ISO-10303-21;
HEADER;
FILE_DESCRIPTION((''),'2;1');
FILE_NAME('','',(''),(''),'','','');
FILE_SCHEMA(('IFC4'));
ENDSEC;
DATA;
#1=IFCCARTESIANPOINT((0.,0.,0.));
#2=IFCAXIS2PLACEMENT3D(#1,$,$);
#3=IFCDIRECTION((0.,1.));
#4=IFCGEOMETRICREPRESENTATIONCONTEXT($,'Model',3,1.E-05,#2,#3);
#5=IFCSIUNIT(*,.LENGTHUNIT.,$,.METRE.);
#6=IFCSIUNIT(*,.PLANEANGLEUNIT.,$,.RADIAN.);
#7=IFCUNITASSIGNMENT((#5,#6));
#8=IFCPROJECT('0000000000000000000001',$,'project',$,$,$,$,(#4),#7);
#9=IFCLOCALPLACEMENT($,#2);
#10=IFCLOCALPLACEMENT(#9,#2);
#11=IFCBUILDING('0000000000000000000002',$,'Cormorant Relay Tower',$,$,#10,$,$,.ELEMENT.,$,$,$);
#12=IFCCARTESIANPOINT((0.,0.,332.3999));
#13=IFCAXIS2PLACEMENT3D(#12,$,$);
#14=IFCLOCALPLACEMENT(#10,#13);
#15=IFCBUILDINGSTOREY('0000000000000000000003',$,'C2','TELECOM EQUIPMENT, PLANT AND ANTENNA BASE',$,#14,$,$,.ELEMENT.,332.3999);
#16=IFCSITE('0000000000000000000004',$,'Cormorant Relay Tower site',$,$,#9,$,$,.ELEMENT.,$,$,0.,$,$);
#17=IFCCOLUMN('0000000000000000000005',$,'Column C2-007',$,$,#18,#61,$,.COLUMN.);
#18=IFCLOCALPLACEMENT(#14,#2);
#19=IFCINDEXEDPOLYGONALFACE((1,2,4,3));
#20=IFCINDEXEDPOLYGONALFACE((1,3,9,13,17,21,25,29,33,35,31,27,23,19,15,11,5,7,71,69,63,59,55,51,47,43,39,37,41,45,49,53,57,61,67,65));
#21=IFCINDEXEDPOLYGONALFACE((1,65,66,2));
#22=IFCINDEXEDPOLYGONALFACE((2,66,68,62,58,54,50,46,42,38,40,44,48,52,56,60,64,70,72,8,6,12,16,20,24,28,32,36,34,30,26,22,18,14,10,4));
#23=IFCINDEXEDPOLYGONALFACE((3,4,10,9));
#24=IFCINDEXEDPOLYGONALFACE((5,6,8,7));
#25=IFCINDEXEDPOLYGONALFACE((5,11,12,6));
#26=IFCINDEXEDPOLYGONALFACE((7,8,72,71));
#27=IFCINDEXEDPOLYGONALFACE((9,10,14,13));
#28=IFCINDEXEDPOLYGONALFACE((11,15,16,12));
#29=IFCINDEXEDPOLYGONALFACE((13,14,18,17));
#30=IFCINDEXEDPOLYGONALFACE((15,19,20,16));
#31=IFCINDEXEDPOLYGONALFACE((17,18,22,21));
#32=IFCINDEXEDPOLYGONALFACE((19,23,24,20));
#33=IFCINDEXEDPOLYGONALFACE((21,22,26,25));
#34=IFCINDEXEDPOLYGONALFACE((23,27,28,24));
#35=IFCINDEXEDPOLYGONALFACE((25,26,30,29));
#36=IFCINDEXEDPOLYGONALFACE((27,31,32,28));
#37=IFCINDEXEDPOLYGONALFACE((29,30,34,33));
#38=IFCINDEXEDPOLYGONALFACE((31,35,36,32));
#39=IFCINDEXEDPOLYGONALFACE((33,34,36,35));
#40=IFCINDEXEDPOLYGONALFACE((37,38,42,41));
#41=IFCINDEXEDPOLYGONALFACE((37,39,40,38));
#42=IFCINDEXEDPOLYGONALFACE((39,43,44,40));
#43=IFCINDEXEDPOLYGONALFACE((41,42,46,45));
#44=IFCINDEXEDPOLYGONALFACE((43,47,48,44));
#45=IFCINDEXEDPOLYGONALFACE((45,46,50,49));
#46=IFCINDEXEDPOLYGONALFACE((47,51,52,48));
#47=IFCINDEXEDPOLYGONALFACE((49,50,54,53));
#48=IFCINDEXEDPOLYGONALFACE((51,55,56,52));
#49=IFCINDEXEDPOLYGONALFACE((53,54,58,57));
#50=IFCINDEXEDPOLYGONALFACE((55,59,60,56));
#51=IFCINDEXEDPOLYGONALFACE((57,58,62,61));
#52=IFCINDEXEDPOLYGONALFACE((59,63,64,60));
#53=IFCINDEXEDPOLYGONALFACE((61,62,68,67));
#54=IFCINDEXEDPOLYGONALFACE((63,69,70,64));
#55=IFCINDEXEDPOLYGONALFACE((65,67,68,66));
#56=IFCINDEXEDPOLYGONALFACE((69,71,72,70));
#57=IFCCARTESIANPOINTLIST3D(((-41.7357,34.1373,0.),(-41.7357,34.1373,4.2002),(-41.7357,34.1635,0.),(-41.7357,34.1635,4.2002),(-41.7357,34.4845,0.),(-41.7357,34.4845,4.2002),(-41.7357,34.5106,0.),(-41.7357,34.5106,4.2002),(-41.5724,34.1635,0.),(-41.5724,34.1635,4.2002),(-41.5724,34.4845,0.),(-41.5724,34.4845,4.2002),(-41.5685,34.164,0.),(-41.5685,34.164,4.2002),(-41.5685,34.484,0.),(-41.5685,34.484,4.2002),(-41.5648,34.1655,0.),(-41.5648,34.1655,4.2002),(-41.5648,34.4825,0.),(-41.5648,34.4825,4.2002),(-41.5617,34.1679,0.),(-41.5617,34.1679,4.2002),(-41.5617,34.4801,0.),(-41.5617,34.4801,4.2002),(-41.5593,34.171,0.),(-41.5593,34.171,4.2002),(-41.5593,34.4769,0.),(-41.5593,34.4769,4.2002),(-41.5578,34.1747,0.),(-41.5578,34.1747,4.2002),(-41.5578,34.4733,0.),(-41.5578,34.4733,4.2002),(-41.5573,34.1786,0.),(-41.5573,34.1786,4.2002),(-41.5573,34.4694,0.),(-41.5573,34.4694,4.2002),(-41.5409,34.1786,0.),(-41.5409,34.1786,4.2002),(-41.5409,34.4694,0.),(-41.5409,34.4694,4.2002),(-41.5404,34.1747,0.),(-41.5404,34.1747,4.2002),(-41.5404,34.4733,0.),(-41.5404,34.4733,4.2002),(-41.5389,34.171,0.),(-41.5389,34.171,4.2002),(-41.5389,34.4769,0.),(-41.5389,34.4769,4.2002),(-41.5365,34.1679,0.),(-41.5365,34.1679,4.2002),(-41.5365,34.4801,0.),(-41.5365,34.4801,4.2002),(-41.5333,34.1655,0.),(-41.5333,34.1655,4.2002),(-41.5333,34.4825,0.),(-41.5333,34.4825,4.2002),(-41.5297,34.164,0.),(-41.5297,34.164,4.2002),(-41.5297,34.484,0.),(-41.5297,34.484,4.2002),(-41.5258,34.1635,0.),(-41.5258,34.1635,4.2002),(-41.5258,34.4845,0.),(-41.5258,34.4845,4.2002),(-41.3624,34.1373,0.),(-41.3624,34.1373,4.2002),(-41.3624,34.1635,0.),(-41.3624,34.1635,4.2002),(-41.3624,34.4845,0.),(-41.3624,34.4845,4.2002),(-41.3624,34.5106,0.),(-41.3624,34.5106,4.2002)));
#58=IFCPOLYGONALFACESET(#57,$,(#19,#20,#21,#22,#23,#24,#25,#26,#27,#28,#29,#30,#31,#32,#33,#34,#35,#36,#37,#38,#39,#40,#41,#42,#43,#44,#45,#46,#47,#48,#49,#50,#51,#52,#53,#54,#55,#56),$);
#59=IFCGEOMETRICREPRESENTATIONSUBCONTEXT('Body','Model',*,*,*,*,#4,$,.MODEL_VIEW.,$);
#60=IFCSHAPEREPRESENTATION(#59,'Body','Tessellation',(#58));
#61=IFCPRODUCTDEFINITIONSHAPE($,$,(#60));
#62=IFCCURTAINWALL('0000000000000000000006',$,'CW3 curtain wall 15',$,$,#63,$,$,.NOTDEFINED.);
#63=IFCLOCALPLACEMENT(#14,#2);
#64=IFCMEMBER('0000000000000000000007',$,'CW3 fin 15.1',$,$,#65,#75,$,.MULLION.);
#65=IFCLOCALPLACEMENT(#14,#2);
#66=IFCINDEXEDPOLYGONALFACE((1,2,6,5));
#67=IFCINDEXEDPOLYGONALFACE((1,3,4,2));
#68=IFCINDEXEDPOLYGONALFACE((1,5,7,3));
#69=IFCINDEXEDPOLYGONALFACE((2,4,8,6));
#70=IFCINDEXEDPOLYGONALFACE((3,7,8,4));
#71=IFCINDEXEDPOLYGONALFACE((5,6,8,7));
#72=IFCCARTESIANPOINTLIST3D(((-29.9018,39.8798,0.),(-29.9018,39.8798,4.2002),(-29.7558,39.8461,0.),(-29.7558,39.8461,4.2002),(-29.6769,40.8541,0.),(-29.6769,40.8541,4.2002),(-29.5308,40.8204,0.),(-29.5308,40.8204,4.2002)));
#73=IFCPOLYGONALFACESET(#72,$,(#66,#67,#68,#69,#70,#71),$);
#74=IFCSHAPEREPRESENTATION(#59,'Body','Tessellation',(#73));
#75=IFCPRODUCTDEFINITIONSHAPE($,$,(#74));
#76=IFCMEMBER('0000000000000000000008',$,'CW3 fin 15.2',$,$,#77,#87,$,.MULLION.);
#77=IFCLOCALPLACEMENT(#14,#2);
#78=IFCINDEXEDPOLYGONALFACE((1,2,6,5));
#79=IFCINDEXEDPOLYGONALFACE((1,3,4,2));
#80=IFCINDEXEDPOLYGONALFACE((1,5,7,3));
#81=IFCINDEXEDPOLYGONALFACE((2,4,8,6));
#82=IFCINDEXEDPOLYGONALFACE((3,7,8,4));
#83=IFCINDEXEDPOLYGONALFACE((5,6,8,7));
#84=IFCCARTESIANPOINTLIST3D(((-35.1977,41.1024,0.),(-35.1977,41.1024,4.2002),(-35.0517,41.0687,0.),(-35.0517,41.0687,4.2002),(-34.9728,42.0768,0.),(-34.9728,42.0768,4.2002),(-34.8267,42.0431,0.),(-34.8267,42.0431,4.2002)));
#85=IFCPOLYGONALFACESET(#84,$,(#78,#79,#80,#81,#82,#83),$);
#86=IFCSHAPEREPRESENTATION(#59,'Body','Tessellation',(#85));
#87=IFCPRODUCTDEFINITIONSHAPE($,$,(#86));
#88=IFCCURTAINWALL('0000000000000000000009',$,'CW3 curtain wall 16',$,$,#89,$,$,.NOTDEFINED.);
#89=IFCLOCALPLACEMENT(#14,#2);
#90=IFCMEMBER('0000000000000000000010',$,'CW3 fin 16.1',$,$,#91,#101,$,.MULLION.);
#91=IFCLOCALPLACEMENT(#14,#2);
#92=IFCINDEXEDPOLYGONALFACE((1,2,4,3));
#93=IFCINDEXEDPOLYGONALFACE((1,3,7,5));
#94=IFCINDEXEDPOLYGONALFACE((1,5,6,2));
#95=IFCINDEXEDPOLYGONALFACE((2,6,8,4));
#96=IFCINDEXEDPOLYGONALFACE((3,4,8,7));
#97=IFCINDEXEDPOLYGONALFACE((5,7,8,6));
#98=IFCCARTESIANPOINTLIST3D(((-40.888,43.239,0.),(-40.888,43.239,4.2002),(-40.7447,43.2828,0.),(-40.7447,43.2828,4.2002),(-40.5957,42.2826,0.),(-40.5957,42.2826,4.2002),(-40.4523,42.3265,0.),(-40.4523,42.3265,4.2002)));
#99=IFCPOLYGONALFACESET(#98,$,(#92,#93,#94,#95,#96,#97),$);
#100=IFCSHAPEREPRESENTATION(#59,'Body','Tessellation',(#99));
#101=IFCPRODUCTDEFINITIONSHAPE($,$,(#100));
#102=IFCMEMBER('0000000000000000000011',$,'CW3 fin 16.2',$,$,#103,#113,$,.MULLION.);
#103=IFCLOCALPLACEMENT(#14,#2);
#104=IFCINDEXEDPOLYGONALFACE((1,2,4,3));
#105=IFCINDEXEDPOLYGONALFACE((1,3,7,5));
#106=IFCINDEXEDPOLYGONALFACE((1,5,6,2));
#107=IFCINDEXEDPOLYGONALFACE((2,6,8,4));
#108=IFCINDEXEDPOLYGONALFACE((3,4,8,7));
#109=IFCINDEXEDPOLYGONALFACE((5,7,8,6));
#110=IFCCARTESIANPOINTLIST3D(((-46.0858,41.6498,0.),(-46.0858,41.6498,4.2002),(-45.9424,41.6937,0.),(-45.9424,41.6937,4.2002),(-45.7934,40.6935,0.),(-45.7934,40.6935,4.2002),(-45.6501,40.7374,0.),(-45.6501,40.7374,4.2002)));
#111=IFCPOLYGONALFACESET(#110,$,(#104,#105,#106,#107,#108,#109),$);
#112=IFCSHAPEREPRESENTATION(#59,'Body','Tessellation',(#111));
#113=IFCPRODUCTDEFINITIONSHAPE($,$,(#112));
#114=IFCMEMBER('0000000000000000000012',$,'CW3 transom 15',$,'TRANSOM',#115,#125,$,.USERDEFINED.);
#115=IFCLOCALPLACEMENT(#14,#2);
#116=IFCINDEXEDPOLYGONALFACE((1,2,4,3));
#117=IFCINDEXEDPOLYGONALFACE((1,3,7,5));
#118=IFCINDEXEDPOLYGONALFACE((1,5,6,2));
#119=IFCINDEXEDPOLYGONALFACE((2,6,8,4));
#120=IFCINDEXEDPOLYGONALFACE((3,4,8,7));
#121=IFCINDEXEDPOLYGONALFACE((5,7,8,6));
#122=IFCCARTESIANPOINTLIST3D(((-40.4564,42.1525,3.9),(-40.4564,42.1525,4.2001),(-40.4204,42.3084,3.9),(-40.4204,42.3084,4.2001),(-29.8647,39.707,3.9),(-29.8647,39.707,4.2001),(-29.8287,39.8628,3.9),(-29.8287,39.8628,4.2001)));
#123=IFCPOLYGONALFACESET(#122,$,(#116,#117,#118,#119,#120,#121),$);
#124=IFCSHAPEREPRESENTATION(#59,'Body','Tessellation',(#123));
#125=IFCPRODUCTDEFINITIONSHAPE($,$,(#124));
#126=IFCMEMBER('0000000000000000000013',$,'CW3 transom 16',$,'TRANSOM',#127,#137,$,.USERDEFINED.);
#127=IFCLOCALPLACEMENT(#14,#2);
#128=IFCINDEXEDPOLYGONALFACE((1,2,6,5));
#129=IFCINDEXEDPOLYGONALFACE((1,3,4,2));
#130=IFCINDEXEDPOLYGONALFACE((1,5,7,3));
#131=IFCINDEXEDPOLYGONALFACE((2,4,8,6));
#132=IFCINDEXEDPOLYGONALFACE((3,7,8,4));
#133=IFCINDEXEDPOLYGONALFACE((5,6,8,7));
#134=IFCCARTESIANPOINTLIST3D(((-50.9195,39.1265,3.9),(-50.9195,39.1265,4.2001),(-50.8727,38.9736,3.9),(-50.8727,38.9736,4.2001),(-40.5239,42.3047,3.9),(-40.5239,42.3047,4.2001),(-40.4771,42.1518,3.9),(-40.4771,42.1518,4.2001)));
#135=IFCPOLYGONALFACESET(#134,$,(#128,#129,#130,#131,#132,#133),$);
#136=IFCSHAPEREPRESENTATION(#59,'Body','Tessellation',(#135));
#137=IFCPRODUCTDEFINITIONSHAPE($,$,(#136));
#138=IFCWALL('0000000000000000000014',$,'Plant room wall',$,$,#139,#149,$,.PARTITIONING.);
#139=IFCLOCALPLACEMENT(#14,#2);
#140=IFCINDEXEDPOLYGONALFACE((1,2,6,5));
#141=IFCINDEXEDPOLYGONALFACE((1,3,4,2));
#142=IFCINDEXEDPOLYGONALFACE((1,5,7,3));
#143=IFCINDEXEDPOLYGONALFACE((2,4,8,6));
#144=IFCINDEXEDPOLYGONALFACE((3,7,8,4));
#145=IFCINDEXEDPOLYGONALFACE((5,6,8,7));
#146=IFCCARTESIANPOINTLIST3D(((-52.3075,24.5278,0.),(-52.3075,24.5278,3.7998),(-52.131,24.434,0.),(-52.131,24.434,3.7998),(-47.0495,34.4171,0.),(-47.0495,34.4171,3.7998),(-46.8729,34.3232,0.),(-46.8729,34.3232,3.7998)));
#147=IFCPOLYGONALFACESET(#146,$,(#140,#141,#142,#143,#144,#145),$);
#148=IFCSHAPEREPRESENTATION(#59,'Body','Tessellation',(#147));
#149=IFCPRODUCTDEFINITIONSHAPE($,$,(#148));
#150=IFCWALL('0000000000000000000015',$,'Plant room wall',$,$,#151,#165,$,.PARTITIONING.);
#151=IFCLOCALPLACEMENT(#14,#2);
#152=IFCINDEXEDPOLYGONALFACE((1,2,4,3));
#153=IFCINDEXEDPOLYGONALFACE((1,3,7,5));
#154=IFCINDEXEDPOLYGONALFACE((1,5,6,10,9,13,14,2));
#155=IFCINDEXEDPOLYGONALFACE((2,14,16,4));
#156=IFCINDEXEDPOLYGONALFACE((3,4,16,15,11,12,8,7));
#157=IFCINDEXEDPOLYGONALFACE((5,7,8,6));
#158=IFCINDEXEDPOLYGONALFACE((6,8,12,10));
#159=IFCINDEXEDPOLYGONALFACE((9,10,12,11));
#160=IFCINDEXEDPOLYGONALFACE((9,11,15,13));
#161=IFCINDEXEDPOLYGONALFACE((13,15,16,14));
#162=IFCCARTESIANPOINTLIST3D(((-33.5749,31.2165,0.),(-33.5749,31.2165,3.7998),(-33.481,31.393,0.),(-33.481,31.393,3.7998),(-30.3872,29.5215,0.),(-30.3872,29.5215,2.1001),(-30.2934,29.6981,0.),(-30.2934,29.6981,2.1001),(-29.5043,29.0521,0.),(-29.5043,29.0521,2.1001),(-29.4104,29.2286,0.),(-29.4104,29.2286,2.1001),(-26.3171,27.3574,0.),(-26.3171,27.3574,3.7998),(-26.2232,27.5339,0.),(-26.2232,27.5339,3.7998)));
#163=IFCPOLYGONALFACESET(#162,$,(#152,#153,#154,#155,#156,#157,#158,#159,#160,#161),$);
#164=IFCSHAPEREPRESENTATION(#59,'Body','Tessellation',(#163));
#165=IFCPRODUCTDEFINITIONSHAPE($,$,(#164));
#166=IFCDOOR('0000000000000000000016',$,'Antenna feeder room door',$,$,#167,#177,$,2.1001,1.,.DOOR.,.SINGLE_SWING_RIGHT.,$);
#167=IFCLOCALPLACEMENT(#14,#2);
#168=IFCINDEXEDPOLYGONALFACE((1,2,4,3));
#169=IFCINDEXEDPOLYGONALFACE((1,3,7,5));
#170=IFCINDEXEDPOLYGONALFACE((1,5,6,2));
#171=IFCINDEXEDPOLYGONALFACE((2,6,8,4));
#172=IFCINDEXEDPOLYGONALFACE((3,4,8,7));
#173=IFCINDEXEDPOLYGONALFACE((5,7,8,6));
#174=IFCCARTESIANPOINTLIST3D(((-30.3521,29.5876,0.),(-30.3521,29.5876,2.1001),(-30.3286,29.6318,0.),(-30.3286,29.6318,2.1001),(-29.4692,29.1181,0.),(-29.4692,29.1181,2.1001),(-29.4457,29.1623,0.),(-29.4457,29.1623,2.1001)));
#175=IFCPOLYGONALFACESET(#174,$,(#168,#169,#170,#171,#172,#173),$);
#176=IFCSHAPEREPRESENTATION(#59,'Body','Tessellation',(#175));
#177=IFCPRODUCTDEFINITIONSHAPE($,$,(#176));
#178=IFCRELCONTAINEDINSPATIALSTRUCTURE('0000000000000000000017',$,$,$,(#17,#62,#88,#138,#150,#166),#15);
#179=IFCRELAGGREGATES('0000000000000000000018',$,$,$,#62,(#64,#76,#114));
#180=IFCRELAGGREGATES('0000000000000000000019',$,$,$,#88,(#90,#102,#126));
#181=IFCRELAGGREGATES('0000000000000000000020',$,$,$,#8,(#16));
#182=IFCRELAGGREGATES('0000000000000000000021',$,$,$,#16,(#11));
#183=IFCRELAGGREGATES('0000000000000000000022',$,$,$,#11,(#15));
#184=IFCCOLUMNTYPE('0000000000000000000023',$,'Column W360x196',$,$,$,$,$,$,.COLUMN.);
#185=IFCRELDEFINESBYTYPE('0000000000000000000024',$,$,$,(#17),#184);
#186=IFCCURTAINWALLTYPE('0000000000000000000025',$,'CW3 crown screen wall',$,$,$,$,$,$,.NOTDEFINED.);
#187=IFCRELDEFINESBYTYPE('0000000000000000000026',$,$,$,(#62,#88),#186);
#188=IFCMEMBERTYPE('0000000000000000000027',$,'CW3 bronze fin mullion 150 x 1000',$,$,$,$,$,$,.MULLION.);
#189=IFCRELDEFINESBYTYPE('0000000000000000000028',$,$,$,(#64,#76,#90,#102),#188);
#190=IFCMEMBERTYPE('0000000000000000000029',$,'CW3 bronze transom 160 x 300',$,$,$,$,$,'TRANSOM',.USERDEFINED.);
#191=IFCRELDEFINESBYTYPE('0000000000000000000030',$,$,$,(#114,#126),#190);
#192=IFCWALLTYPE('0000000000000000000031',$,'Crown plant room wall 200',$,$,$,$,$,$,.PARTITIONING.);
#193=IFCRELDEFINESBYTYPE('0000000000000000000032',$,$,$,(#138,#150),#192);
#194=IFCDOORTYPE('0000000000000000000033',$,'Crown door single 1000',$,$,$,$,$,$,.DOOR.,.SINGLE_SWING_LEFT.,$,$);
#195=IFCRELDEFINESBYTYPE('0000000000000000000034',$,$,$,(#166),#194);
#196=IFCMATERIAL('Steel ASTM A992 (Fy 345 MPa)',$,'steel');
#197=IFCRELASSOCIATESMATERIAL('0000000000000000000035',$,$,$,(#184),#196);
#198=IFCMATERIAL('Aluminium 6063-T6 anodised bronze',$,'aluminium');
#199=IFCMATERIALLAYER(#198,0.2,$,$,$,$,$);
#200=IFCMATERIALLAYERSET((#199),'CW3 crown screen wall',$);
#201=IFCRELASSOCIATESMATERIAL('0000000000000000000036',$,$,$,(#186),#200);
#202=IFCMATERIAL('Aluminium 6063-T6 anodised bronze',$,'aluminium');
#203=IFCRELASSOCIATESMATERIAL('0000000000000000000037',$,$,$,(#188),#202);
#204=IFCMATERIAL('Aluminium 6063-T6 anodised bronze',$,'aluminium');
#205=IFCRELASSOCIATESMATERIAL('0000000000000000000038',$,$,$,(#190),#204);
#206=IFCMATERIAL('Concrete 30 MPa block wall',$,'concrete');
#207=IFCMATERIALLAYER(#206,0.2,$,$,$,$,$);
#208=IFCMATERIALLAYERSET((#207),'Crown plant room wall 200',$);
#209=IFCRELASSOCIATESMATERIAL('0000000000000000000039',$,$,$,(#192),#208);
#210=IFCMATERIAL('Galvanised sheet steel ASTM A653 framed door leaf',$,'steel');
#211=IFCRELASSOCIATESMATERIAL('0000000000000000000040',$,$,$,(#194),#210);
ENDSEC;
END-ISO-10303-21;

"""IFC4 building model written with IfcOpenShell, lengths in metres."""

from ifc_helpers import new_model, si_unit, direction, frame, frame_2d, origin, origin_2d, place, context, subcontext, project, spatial, rectangle, i_section, extrude, material, layer, layer_set, material_profile, profile_set, type_object, element, fill, aggregate, save


model = new_model("IFC4")

# Units and contexts
model_context = context("Model", 3, precision=1e-05, world=origin(), true_north=direction((0.0, 1.0)))
body_context = subcontext(model_context, "Body", "Model", "MODEL_VIEW")
ifc_project = project(units=[si_unit("LENGTHUNIT", "METRE"), si_unit("PLANEANGLEUNIT", "RADIAN")], contexts=[model_context])

# Site, building, storey
site_placement = place(None, origin())
site = spatial("IfcSite", under=ifc_project, at=site_placement, Name="Cormorant Relay Tower site", CompositionType="ELEMENT", RefElevation=0.0)
building_placement = place(site_placement, origin())
building = spatial("IfcBuilding", under=site, at=building_placement, Name="Cormorant Relay Tower", CompositionType="ELEMENT")
storey_placement = place(building_placement, frame((0.0, 0.0, 332.3999)))
storey = spatial("IfcBuildingStorey", under=building, at=storey_placement, Name="C2", Description="TELECOM EQUIPMENT, PLANT AND ANTENNA BASE", CompositionType="ELEMENT", Elevation=332.3999)

# Column
ifc_material_1 = material(Name="Steel ASTM A992 (Fy 345 MPa)", Category="steel")
ifc_material_profile_1 = material_profile(ifc_material_1, i_section(OverallWidth=0.3733, OverallDepth=0.3733, WebThickness=0.0164, FlangeThickness=0.0261, FilletRadius=0.0151, at=origin_2d()), Name="W360x196")
ifc_profile_set_1 = profile_set([ifc_material_profile_1], Name="Steel ASTM A992 (Fy 345 MPa)")
column_type = type_object("IfcColumnType", Name="Column W360x196", PredefinedType="COLUMN", material=ifc_profile_set_1)
column_placement = place(storey_placement, frame((-41.5491, 34.324, 0.0), z_axis=(0.0, 0.0, 1.0), x_axis=(1.0, 0.0, 0.0)))
element("IfcColumn", 1, at=column_placement, inside=storey, type_object=column_type, Name="Column C2-007", PredefinedType="COLUMN", context=body_context, shape_type="SweptSolid", body=[
    extrude(i_section(OverallWidth=0.3733, OverallDepth=0.3733, WebThickness=0.0164, FlangeThickness=0.0261, FilletRadius=0.0151, at=origin_2d()), origin(), (0.0, 0.0, 1.0), 4.2002),
])

# Curtain walls, members
ifc_material_2 = material(Name="Aluminium 6063-T6 anodised bronze", Category="aluminium")
ifc_layer_1 = layer(ifc_material_2, 0.2)
ifc_layer_set_1 = layer_set([ifc_layer_1], Name="CW3 crown screen wall")
curtain_wall_type = type_object("IfcCurtainWallType", Name="CW3 crown screen wall", PredefinedType="NOTDEFINED", material=ifc_layer_set_1)
curtain_wall_1_placement = place(storey_placement, origin())
curtain_wall_1 = element("IfcCurtainWall", 2, at=curtain_wall_1_placement, inside=storey, type_object=curtain_wall_type, Name="CW3 curtain wall 15", PredefinedType="NOTDEFINED")
ifc_material_3 = material(Name="Aluminium 6063-T6 anodised bronze", Category="aluminium")
ifc_material_profile_2 = material_profile(ifc_material_3, rectangle(XDim=0.1499, YDim=1.0, at=origin_2d()), Name="AL 150x1000")
ifc_profile_set_2 = profile_set([ifc_material_profile_2], Name="Aluminium 6063-T6 anodised bronze")
member_type_1 = type_object("IfcMemberType", Name="CW3 bronze fin mullion 150 x 1000", PredefinedType="MULLION", material=ifc_profile_set_2)
member_1_placement = place(storey_placement, frame((-29.7163, 40.3501, 0.0), z_axis=(0.0, 0.0, 1.0), x_axis=(-0.97437, 0.224951, 0.0)))
member_1 = element("IfcMember", 3, at=member_1_placement, type_object=member_type_1, Name="CW3 fin 15.1", PredefinedType="MULLION", context=body_context, shape_type="SweptSolid", body=[
    extrude(rectangle(XDim=0.1499, YDim=1.0, at=origin_2d()), origin(), (0.0, 0.0, 1.0), 4.2002),
])
member_2_placement = place(storey_placement, frame((-35.0122, 41.5728, 0.0), z_axis=(0.0, 0.0, 1.0), x_axis=(-0.97437, 0.224951, 0.0)))
member_2 = element("IfcMember", 4, at=member_2_placement, type_object=member_type_1, Name="CW3 fin 15.2", PredefinedType="MULLION", context=body_context, shape_type="SweptSolid", body=[
    extrude(rectangle(XDim=0.1499, YDim=1.0, at=origin_2d()), origin(), (0.0, 0.0, 1.0), 4.2002),
])
curtain_wall_2_placement = place(storey_placement, origin())
curtain_wall_2 = element("IfcCurtainWall", 5, at=curtain_wall_2_placement, inside=storey, type_object=curtain_wall_type, Name="CW3 curtain wall 16", PredefinedType="NOTDEFINED")
member_3_placement = place(storey_placement, frame((-40.6702, 42.7827, 0.0), z_axis=(0.0, 0.0, 1.0), x_axis=(-0.956305, -0.292372, 0.0)))
member_3 = element("IfcMember", 6, at=member_3_placement, type_object=member_type_1, Name="CW3 fin 16.1", PredefinedType="MULLION", context=body_context, shape_type="SweptSolid", body=[
    extrude(rectangle(XDim=0.1499, YDim=1.0, at=origin_2d()), origin(), (0.0, 0.0, 1.0), 4.2002),
])
member_4_placement = place(storey_placement, frame((-45.8679, 41.1936, 0.0), z_axis=(0.0, 0.0, 1.0), x_axis=(-0.956305, -0.292372, 0.0)))
member_4 = element("IfcMember", 7, at=member_4_placement, type_object=member_type_1, Name="CW3 fin 16.2", PredefinedType="MULLION", context=body_context, shape_type="SweptSolid", body=[
    extrude(rectangle(XDim=0.1499, YDim=1.0, at=origin_2d()), origin(), (0.0, 0.0, 1.0), 4.2002),
])

# Members
ifc_material_4 = material(Name="Aluminium 6063-T6 anodised bronze", Category="aluminium")
ifc_material_profile_3 = material_profile(ifc_material_4, rectangle(XDim=0.1599, YDim=0.3, at=origin_2d()), Name="AL 160x300")
ifc_profile_set_3 = profile_set([ifc_material_profile_3], Name="Aluminium 6063-T6 anodised bronze")
member_type_2 = type_object("IfcMemberType", Name="CW3 bronze transom 160 x 300", ElementType="TRANSOM", PredefinedType="USERDEFINED", material=ifc_profile_set_3)
member_5_placement = place(storey_placement, frame((-29.8467, 39.7849, 4.05), z_axis=(-0.974365, 0.224973, 0.0), x_axis=(-0.224973, -0.974365, 0.0)))
member_5 = element("IfcMember", 8, at=member_5_placement, type_object=member_type_2, Name="CW3 transom 15", ObjectType="TRANSOM", PredefinedType="USERDEFINED", context=body_context, shape_type="SweptSolid", body=[
    extrude(rectangle(XDim=0.1599, YDim=0.3, at=origin_2d()), origin(), (0.0, 0.0, 1.0), 10.8704),
])
member_6_placement = place(storey_placement, frame((-40.5005, 42.2283, 4.05), z_axis=(-0.956305, -0.292371, 0.0), x_axis=(0.292371, -0.956305, 0.0)))
member_6 = element("IfcMember", 9, at=member_6_placement, type_object=member_type_2, Name="CW3 transom 16", ObjectType="TRANSOM", PredefinedType="USERDEFINED", context=body_context, shape_type="SweptSolid", body=[
    extrude(rectangle(XDim=0.1599, YDim=0.3, at=origin_2d()), origin(), (0.0, 0.0, 1.0), 10.8706),
])

# Wall
ifc_material_5 = material(Name="Concrete 30 MPa block wall", Category="concrete")
ifc_layer_2 = layer(ifc_material_5, 0.2)
ifc_layer_set_2 = layer_set([ifc_layer_2], Name="Crown plant room wall 200")
wall_type_1 = type_object("IfcWallType", Name="Crown plant room wall 200", PredefinedType="PARTITIONING", material=ifc_layer_set_2)
wall_1_placement = place(storey_placement, frame((-46.9612, 34.3701, 0.0), z_axis=(0.0, 0.0, 1.0), x_axis=(-0.469464, -0.882951, 0.0)))
element("IfcWall", 10, at=wall_1_placement, inside=storey, type_object=wall_type_1, Name="Plant room wall", PredefinedType="PARTITIONING", context=body_context, shape_type="SweptSolid", body=[
    extrude(rectangle(XDim=11.2002, YDim=0.2, at=frame_2d((5.6001, 0.0))), origin(), (0.0, 0.0, 1.0), 3.7998),
])

# Wall, opening, door
wall_2_placement = place(storey_placement, frame((-33.5278, 31.3047, 0.0), z_axis=(0.0, 0.0, 1.0), x_axis=(0.882943, -0.469479, 0.0)))
wall_2 = element("IfcWall", 11, at=wall_2_placement, inside=storey, type_object=wall_type_1, Name="Plant room wall", PredefinedType="PARTITIONING", context=body_context, shape_type="SweptSolid", body=[
    extrude(rectangle(XDim=8.22, YDim=0.2, at=frame_2d((4.1099, 0.0))), origin(), (0.0, 0.0, 1.0), 3.7998),
])
opening_placement = place(wall_2_placement, frame((3.6101, 0.0, 0.0)))
opening = element("IfcOpeningElement", 12, at=opening_placement, cuts=wall_2, PredefinedType="OPENING", context=body_context, shape_type="SweptSolid", body=[
    extrude(rectangle(XDim=1.0, YDim=2.1001, at=frame_2d((0.5, 1.05))), frame((0.0, 0.1099, 0.0), z_axis=(0.0, -1.0, 0.0), x_axis=(1.0, 0.0, 0.0)), (0.0, 0.0, 1.0), 0.22),
])
ifc_material_6 = material(Name="Galvanised sheet steel ASTM A653 framed door leaf", Category="steel")
door_type = type_object("IfcDoorType", Name="Crown door single 1000", OperationType="SINGLE_SWING_LEFT", PredefinedType="DOOR", material=ifc_material_6)
door_placement = place(opening_placement, origin())
door = element("IfcDoor", 13, at=door_placement, inside=storey, type_object=door_type, Name="Antenna feeder room door", OperationType="SINGLE_SWING_RIGHT", OverallHeight=2.1001, OverallWidth=1.0, PredefinedType="DOOR", context=body_context, shape_type="SweptSolid", body=[
    extrude(rectangle(XDim=1.0, YDim=2.1001, at=frame_2d((0.5, 1.05))), frame((0.0, 0.0249, 0.0), z_axis=(0.0, -1.0, 0.0), x_axis=(1.0, 0.0, 0.0)), (0.0, 0.0, 1.0), 0.05),
])
fill(opening, door)

aggregate(curtain_wall_1, [member_1, member_2, member_5])
aggregate(curtain_wall_2, [member_3, member_4, member_6])

save(model, "model.ifc")
